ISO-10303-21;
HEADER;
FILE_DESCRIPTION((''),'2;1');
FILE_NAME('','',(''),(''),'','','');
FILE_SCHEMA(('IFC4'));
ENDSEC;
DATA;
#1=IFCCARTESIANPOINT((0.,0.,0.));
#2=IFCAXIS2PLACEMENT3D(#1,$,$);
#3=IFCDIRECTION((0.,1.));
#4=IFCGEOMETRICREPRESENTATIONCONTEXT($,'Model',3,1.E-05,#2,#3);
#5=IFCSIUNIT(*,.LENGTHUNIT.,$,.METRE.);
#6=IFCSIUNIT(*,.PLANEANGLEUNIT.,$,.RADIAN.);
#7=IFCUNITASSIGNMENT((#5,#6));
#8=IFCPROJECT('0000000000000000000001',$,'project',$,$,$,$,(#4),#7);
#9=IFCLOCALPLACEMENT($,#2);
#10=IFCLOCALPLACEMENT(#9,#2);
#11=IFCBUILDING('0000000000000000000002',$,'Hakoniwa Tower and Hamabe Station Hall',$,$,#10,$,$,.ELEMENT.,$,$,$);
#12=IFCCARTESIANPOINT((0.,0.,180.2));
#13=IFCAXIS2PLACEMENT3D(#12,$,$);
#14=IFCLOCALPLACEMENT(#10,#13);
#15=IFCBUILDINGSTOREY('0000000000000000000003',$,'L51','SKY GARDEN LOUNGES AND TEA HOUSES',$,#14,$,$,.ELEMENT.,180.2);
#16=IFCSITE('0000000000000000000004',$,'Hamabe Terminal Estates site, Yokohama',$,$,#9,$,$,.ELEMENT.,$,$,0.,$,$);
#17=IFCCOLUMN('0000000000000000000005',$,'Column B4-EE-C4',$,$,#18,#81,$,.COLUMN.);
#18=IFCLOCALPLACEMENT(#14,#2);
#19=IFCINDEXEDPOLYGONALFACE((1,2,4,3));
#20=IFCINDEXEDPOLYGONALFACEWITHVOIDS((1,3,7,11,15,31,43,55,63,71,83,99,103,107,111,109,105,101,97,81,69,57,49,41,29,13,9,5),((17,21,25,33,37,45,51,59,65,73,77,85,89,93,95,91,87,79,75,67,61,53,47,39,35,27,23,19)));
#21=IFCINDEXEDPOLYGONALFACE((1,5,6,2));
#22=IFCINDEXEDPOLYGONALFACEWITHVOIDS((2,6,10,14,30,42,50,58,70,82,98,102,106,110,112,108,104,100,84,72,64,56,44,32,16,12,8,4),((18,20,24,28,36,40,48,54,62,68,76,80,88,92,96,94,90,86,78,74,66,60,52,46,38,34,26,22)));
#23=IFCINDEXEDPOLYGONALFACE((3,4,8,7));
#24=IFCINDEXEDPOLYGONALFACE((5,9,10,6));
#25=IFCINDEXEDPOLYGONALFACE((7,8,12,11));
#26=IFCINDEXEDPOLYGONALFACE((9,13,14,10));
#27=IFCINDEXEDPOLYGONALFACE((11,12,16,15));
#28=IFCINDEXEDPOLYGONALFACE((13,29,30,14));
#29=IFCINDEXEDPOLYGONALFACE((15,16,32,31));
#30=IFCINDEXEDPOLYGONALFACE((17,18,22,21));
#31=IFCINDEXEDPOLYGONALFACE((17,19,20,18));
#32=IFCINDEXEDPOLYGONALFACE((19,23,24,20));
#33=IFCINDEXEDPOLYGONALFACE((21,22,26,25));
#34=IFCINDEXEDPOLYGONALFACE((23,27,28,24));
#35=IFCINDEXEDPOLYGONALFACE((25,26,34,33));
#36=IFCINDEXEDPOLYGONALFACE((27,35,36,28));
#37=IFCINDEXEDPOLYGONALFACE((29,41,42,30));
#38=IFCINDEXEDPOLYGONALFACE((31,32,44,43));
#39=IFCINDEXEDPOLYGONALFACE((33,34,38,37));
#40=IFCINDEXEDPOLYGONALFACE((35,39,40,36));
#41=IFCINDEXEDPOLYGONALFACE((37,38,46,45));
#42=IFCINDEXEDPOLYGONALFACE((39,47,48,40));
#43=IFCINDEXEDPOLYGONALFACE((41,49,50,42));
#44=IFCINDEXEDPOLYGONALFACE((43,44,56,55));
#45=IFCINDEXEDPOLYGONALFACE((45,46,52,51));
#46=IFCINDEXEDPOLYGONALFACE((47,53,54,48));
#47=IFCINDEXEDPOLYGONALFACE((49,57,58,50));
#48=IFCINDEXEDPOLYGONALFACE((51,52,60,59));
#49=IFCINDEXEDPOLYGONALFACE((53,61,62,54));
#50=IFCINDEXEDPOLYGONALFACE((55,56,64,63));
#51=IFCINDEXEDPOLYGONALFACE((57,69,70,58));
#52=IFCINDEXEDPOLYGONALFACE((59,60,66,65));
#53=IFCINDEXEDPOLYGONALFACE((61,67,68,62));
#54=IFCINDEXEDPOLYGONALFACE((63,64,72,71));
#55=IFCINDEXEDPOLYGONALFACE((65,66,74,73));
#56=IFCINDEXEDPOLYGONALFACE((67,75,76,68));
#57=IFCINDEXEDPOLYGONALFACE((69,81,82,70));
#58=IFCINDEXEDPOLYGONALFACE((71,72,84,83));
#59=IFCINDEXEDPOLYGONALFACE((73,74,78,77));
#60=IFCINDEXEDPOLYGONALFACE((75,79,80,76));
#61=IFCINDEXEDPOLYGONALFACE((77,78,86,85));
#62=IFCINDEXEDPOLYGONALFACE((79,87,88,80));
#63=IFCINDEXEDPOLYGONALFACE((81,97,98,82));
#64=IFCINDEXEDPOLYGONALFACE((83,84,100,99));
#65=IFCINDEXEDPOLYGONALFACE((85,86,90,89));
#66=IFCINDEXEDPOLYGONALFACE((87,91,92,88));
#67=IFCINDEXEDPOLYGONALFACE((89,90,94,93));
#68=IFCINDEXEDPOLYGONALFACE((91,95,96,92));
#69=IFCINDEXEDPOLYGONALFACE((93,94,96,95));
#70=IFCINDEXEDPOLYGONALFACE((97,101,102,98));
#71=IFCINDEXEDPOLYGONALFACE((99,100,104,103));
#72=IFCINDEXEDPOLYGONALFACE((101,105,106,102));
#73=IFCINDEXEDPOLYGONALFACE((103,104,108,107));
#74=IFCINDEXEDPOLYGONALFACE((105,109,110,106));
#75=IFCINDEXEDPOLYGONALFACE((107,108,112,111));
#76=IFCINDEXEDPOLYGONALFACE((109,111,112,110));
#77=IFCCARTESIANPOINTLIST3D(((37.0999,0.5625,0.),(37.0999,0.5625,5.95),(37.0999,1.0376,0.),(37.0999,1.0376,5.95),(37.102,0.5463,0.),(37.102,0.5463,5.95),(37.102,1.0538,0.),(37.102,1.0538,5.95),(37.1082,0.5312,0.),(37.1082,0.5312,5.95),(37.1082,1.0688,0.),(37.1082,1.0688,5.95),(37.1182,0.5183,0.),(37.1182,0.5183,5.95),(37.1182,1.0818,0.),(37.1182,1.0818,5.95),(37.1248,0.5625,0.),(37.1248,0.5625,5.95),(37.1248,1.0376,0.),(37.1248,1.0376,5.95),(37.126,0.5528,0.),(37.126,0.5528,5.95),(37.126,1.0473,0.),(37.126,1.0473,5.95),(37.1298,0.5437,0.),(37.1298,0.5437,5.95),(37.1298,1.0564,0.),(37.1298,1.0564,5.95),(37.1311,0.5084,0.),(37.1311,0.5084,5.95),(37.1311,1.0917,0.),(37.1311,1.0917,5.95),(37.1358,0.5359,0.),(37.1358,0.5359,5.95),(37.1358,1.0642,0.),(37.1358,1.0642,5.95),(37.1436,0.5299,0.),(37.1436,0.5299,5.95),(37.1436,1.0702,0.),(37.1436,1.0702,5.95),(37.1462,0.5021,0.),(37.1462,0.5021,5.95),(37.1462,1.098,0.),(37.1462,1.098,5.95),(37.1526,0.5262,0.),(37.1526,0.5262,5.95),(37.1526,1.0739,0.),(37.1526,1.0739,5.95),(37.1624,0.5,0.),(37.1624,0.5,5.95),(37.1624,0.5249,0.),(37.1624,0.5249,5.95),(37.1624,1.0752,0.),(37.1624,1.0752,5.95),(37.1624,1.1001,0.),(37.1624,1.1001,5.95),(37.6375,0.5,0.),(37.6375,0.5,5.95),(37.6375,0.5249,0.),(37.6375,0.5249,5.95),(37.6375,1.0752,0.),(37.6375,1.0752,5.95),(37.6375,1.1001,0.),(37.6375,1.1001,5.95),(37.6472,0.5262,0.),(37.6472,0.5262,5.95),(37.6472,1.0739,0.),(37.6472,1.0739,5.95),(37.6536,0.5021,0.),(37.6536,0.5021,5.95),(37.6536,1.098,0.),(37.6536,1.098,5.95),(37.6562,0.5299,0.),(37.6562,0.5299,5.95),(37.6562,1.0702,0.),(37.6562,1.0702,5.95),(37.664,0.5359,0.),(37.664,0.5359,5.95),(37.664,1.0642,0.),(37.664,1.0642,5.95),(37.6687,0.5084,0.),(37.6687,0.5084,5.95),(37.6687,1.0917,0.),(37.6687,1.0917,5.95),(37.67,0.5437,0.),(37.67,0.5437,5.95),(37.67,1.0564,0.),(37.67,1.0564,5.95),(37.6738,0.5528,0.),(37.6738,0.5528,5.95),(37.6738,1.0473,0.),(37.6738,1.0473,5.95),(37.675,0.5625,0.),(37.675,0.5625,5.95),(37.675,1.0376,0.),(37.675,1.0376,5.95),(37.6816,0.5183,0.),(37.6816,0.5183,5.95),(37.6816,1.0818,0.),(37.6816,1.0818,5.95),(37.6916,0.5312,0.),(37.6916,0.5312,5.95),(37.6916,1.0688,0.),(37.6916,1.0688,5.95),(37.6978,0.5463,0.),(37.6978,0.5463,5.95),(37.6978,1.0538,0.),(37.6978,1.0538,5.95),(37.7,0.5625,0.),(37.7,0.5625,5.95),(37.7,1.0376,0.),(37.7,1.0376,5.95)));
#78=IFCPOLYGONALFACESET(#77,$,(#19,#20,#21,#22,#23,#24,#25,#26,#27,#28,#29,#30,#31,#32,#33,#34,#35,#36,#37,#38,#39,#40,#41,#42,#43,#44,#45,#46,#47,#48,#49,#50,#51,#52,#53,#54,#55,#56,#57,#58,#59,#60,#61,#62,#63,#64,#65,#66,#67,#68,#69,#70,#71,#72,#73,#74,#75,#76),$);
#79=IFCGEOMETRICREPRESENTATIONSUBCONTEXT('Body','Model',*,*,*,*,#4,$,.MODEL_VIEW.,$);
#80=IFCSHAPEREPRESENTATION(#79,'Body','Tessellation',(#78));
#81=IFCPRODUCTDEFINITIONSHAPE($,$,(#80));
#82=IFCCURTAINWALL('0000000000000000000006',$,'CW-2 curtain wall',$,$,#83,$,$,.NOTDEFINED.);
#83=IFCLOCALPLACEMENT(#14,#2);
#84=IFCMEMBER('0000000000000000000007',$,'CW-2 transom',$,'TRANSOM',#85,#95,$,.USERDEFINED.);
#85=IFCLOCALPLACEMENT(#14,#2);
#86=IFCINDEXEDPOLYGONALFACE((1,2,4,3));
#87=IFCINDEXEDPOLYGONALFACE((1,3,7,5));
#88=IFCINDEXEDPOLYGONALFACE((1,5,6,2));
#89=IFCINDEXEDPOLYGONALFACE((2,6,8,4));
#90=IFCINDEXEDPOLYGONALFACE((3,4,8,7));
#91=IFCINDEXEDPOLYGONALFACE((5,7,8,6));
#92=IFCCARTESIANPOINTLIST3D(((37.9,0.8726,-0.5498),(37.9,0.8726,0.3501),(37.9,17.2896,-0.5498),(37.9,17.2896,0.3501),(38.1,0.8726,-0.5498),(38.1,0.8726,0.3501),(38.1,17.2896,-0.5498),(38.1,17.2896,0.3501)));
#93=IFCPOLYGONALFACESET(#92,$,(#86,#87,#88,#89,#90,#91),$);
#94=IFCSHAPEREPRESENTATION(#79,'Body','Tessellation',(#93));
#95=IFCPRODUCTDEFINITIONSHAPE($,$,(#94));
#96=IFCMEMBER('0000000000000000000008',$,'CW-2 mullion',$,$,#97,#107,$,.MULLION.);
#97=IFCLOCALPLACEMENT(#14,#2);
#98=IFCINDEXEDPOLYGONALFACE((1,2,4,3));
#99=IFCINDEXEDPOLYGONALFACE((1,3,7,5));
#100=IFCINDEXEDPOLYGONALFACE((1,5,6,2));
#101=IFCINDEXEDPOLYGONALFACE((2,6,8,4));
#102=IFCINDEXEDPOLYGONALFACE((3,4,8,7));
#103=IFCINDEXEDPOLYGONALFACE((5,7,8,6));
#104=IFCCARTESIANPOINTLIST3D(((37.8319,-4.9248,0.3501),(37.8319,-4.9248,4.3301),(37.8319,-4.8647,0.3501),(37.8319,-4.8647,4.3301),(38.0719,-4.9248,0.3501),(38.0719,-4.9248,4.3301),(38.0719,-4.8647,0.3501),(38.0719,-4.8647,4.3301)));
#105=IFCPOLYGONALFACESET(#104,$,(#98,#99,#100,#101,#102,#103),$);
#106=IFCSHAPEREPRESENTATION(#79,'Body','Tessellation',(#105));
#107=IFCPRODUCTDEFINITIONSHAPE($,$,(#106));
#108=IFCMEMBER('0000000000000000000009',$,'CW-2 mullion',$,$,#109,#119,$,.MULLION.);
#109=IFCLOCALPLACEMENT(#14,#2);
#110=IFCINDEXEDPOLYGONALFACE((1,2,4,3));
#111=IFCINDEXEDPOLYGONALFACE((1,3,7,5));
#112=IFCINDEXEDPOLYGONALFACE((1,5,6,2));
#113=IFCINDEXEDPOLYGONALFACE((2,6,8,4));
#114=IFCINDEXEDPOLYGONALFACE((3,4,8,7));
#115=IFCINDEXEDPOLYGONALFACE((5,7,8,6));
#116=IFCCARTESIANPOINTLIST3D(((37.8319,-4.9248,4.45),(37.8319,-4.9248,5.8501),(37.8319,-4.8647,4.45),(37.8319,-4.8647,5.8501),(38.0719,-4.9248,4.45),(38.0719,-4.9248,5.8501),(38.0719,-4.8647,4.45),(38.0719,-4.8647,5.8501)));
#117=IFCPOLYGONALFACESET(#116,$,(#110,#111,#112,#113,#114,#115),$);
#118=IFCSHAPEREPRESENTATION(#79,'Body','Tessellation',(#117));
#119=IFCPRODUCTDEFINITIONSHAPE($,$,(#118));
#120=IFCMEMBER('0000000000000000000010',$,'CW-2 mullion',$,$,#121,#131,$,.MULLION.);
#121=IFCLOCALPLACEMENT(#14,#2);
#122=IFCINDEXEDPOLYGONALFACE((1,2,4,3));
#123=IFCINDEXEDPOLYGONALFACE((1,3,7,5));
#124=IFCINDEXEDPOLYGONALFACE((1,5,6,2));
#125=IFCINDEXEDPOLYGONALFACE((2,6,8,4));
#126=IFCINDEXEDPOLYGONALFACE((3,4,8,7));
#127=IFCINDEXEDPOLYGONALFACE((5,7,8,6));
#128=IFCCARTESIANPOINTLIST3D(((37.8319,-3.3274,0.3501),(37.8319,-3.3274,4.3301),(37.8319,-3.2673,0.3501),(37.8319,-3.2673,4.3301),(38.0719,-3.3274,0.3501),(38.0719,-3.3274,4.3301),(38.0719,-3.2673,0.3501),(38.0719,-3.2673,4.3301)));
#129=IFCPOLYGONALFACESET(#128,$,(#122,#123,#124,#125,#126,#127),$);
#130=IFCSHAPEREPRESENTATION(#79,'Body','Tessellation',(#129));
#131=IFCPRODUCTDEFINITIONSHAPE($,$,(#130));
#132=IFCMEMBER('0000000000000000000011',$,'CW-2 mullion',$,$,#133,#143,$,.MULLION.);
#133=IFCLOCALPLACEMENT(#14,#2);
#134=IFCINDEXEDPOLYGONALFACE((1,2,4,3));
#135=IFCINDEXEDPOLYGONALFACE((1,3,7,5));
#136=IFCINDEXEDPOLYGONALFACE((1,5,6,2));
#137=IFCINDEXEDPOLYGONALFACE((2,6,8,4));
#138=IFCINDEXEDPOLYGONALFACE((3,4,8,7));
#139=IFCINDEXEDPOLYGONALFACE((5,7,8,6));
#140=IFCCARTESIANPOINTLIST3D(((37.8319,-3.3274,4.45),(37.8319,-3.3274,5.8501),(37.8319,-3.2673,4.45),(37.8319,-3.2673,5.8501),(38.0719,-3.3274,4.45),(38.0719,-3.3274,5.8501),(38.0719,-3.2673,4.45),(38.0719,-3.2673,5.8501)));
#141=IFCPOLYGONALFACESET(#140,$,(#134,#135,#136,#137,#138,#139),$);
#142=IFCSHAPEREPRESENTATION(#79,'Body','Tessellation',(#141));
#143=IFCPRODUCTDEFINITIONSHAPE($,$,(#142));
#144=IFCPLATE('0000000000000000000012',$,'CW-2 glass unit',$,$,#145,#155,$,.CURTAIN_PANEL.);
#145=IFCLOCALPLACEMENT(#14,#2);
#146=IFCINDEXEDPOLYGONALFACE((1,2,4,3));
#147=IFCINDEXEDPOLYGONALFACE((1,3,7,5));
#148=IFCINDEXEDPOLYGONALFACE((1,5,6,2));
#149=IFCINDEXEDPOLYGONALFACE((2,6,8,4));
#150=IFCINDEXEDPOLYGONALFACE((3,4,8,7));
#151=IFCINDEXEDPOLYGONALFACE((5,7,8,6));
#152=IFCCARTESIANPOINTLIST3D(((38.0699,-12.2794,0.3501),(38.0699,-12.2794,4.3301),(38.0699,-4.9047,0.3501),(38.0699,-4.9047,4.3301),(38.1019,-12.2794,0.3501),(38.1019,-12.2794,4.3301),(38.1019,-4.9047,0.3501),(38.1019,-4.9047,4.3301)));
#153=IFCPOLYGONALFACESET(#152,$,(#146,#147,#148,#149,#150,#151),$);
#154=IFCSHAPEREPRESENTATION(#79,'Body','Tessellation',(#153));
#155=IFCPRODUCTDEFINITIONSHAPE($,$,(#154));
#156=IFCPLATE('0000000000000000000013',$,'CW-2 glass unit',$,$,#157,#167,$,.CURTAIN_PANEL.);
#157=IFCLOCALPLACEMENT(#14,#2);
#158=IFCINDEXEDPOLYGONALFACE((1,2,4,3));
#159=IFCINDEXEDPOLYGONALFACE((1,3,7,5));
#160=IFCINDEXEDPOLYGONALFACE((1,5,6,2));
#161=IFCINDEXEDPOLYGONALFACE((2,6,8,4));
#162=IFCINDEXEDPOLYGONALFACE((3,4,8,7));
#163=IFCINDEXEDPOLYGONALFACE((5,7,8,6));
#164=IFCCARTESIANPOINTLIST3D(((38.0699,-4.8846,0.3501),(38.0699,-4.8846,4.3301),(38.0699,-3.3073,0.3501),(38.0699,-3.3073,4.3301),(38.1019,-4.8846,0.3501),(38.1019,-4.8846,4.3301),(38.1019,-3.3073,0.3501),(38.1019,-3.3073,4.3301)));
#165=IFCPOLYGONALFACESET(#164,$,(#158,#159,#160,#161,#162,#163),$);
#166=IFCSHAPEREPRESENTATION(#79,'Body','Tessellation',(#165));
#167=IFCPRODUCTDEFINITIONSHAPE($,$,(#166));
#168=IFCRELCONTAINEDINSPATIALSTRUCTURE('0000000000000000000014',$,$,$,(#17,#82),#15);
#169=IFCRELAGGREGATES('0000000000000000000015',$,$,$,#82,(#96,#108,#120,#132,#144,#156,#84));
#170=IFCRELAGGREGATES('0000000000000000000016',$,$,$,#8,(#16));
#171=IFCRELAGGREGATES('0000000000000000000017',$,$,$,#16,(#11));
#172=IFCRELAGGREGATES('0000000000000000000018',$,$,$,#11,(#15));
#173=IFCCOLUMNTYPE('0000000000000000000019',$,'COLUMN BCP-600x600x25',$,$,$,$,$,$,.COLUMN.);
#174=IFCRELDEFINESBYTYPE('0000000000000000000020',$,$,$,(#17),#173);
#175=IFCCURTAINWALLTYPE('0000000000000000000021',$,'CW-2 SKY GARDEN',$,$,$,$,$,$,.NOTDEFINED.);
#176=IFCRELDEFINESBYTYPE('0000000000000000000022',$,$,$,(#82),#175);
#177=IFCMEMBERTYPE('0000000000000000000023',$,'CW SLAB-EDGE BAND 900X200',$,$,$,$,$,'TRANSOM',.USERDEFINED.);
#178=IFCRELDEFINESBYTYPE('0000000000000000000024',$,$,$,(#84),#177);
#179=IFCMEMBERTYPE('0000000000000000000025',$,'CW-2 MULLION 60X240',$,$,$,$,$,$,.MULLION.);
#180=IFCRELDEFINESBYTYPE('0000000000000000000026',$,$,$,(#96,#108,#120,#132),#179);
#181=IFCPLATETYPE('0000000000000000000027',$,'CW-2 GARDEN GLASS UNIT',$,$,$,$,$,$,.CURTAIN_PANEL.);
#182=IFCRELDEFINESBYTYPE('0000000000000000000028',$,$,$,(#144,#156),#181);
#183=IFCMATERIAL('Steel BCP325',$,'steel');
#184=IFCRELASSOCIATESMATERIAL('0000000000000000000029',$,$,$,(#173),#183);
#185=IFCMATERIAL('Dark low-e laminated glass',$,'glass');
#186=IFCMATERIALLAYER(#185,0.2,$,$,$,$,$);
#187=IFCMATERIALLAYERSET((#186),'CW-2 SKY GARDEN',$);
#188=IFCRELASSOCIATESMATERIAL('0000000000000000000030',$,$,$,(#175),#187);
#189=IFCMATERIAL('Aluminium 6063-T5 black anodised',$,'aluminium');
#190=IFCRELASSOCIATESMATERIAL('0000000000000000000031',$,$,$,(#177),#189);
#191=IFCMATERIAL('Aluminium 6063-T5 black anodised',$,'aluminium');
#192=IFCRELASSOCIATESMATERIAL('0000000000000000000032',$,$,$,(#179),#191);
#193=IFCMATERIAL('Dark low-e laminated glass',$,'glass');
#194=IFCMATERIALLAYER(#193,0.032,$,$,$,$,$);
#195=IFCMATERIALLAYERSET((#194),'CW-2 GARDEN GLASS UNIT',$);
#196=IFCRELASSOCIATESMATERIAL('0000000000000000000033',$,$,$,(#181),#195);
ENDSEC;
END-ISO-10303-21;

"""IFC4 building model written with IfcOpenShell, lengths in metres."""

from ifc_helpers import new_model, si_unit, direction, frame, origin, origin_2d, place, context, subcontext, project, spatial, rectangle, hollow_rectangle, extrude, material, layer, layer_set, material_profile, profile_set, type_object, element, aggregate, save


model = new_model("IFC4")

# Units and contexts
model_context = context("Model", 3, precision=1e-05, world=origin(), true_north=direction((0.0, 1.0)))
body_context = subcontext(model_context, "Body", "Model", "MODEL_VIEW")
ifc_project = project(units=[si_unit("LENGTHUNIT", "METRE"), si_unit("PLANEANGLEUNIT", "RADIAN")], contexts=[model_context])

# Site, building, storey
site_placement = place(None, origin())
site = spatial("IfcSite", under=ifc_project, at=site_placement, Name="Hamabe Terminal Estates site, Yokohama", CompositionType="ELEMENT", RefElevation=0.0)
building_placement = place(site_placement, origin())
building = spatial("IfcBuilding", under=site, at=building_placement, Name="Hakoniwa Tower and Hamabe Station Hall", CompositionType="ELEMENT")
storey_placement = place(building_placement, frame((0.0, 0.0, 180.2)))
storey = spatial("IfcBuildingStorey", under=building, at=storey_placement, Name="L51", Description="SKY GARDEN LOUNGES AND TEA HOUSES", CompositionType="ELEMENT", Elevation=180.2)

# Column
ifc_material_1 = material(Name="Steel BCP325", Category="steel")
ifc_material_profile_1 = material_profile(ifc_material_1, hollow_rectangle(XDim=0.6001, YDim=0.6001, WallThickness=0.0249, InnerFilletRadius=0.0376, OuterFilletRadius=0.0625, at=origin_2d()), Name="BCP-600x600x25")
ifc_profile_set_1 = profile_set([ifc_material_profile_1], Name="Steel BCP325")
column_type = type_object("IfcColumnType", Name="COLUMN BCP-600x600x25", PredefinedType="COLUMN", material=ifc_profile_set_1)
column_placement = place(storey_placement, frame((37.3999, 0.8, 0.0), z_axis=(0.0, 0.0, 1.0), x_axis=(1.0, 0.0, 0.0)))
element("IfcColumn", 1, at=column_placement, inside=storey, type_object=column_type, Name="Column B4-EE-C4", PredefinedType="COLUMN", context=body_context, shape_type="SweptSolid", body=[
    extrude(hollow_rectangle(XDim=0.6001, YDim=0.6001, WallThickness=0.0249, InnerFilletRadius=0.0376, OuterFilletRadius=0.0625, at=origin_2d()), origin(), (0.0, 0.0, 1.0), 5.95),
])

# Curtain wall, members, plates
ifc_material_2 = material(Name="Dark low-e laminated glass", Category="glass")
ifc_layer_1 = layer(ifc_material_2, 0.2)
ifc_layer_set_1 = layer_set([ifc_layer_1], Name="CW-2 SKY GARDEN")
curtain_wall_type = type_object("IfcCurtainWallType", Name="CW-2 SKY GARDEN", PredefinedType="NOTDEFINED", material=ifc_layer_set_1)
curtain_wall_placement = place(storey_placement, origin())
curtain_wall = element("IfcCurtainWall", 2, at=curtain_wall_placement, inside=storey, type_object=curtain_wall_type, Name="CW-2 curtain wall", PredefinedType="NOTDEFINED")
ifc_material_3 = material(Name="Aluminium 6063-T5 black anodised", Category="aluminium")
ifc_material_profile_2 = material_profile(ifc_material_3, rectangle(XDim=0.2, YDim=0.8999, at=origin_2d()), Name="CW SLAB-EDGE BAND 900X200")
ifc_profile_set_2 = profile_set([ifc_material_profile_2], Name="Aluminium 6063-T5 black anodised")
member_type_1 = type_object("IfcMemberType", Name="CW SLAB-EDGE BAND 900X200", ElementType="TRANSOM", PredefinedType="USERDEFINED", material=ifc_profile_set_2)
member_1_placement = place(storey_placement, frame((38.0, 0.8726, -0.0999), z_axis=(0.0, 1.0, 0.0), x_axis=(-1.0, 0.0, 0.0)))
member_1 = element("IfcMember", 3, at=member_1_placement, type_object=member_type_1, Name="CW-2 transom", ObjectType="TRANSOM", PredefinedType="USERDEFINED", context=body_context, shape_type="SweptSolid", body=[
    extrude(rectangle(XDim=0.2, YDim=0.8999, at=origin_2d()), origin(), (0.0, 0.0, 1.0), 16.417),
])
ifc_material_4 = material(Name="Aluminium 6063-T5 black anodised", Category="aluminium")
ifc_material_profile_3 = material_profile(ifc_material_4, rectangle(XDim=0.0601, YDim=0.24, at=origin_2d()), Name="CW-2 MULLION 60X240")
ifc_profile_set_3 = profile_set([ifc_material_profile_3], Name="Aluminium 6063-T5 black anodised")
member_type_2 = type_object("IfcMemberType", Name="CW-2 MULLION 60X240", PredefinedType="MULLION", material=ifc_profile_set_3)
member_2_placement = place(storey_placement, frame((37.9519, -4.8948, 0.3501), z_axis=(0.0, 0.0, 1.0), x_axis=(0.0, 1.0, 0.0)))
member_2 = element("IfcMember", 4, at=member_2_placement, type_object=member_type_2, Name="CW-2 mullion", PredefinedType="MULLION", context=body_context, shape_type="SweptSolid", body=[
    extrude(rectangle(XDim=0.0601, YDim=0.24, at=origin_2d()), origin(), (0.0, 0.0, 1.0), 3.98),
])
member_3_placement = place(storey_placement, frame((37.9519, -4.8948, 4.45), z_axis=(0.0, 0.0, 1.0), x_axis=(0.0, 1.0, 0.0)))
member_3 = element("IfcMember", 5, at=member_3_placement, type_object=member_type_2, Name="CW-2 mullion", PredefinedType="MULLION", context=body_context, shape_type="SweptSolid", body=[
    extrude(rectangle(XDim=0.0601, YDim=0.24, at=origin_2d()), origin(), (0.0, 0.0, 1.0), 1.4001),
])
member_4_placement = place(storey_placement, frame((37.9519, -3.2974, 0.3501), z_axis=(0.0, 0.0, 1.0), x_axis=(0.0, 1.0, 0.0)))
member_4 = element("IfcMember", 6, at=member_4_placement, type_object=member_type_2, Name="CW-2 mullion", PredefinedType="MULLION", context=body_context, shape_type="SweptSolid", body=[
    extrude(rectangle(XDim=0.0601, YDim=0.24, at=origin_2d()), origin(), (0.0, 0.0, 1.0), 3.98),
])
member_5_placement = place(storey_placement, frame((37.9519, -3.2974, 4.45), z_axis=(0.0, 0.0, 1.0), x_axis=(0.0, 1.0, 0.0)))
member_5 = element("IfcMember", 7, at=member_5_placement, type_object=member_type_2, Name="CW-2 mullion", PredefinedType="MULLION", context=body_context, shape_type="SweptSolid", body=[
    extrude(rectangle(XDim=0.0601, YDim=0.24, at=origin_2d()), origin(), (0.0, 0.0, 1.0), 1.4001),
])
ifc_material_5 = material(Name="Dark low-e laminated glass", Category="glass")
ifc_layer_2 = layer(ifc_material_5, 0.032)
ifc_layer_set_2 = layer_set([ifc_layer_2], Name="CW-2 GARDEN GLASS UNIT")
plate_type = type_object("IfcPlateType", Name="CW-2 GARDEN GLASS UNIT", PredefinedType="CURTAIN_PANEL", material=ifc_layer_set_2)
plate_1_placement = place(storey_placement, frame((38.0859, -8.592, 0.3501), z_axis=(0.0, 0.0, 1.0), x_axis=(0.0, 1.0, 0.0)))
plate_1 = element("IfcPlate", 8, at=plate_1_placement, type_object=plate_type, Name="CW-2 glass unit", PredefinedType="CURTAIN_PANEL", context=body_context, shape_type="SweptSolid", body=[
    extrude(rectangle(XDim=7.3748, YDim=0.032, at=origin_2d()), origin(), (0.0, 0.0, 1.0), 3.98),
])
plate_2_placement = place(storey_placement, frame((38.0859, -4.0959, 0.3501), z_axis=(0.0, 0.0, 1.0), x_axis=(0.0, 1.0, 0.0)))
plate_2 = element("IfcPlate", 9, at=plate_2_placement, type_object=plate_type, Name="CW-2 glass unit", PredefinedType="CURTAIN_PANEL", context=body_context, shape_type="SweptSolid", body=[
    extrude(rectangle(XDim=1.5774, YDim=0.032, at=origin_2d()), origin(), (0.0, 0.0, 1.0), 3.98),
])

aggregate(curtain_wall, [member_2, member_3, member_4, member_5, plate_1, plate_2, member_1])

save(model, "model.ifc")
